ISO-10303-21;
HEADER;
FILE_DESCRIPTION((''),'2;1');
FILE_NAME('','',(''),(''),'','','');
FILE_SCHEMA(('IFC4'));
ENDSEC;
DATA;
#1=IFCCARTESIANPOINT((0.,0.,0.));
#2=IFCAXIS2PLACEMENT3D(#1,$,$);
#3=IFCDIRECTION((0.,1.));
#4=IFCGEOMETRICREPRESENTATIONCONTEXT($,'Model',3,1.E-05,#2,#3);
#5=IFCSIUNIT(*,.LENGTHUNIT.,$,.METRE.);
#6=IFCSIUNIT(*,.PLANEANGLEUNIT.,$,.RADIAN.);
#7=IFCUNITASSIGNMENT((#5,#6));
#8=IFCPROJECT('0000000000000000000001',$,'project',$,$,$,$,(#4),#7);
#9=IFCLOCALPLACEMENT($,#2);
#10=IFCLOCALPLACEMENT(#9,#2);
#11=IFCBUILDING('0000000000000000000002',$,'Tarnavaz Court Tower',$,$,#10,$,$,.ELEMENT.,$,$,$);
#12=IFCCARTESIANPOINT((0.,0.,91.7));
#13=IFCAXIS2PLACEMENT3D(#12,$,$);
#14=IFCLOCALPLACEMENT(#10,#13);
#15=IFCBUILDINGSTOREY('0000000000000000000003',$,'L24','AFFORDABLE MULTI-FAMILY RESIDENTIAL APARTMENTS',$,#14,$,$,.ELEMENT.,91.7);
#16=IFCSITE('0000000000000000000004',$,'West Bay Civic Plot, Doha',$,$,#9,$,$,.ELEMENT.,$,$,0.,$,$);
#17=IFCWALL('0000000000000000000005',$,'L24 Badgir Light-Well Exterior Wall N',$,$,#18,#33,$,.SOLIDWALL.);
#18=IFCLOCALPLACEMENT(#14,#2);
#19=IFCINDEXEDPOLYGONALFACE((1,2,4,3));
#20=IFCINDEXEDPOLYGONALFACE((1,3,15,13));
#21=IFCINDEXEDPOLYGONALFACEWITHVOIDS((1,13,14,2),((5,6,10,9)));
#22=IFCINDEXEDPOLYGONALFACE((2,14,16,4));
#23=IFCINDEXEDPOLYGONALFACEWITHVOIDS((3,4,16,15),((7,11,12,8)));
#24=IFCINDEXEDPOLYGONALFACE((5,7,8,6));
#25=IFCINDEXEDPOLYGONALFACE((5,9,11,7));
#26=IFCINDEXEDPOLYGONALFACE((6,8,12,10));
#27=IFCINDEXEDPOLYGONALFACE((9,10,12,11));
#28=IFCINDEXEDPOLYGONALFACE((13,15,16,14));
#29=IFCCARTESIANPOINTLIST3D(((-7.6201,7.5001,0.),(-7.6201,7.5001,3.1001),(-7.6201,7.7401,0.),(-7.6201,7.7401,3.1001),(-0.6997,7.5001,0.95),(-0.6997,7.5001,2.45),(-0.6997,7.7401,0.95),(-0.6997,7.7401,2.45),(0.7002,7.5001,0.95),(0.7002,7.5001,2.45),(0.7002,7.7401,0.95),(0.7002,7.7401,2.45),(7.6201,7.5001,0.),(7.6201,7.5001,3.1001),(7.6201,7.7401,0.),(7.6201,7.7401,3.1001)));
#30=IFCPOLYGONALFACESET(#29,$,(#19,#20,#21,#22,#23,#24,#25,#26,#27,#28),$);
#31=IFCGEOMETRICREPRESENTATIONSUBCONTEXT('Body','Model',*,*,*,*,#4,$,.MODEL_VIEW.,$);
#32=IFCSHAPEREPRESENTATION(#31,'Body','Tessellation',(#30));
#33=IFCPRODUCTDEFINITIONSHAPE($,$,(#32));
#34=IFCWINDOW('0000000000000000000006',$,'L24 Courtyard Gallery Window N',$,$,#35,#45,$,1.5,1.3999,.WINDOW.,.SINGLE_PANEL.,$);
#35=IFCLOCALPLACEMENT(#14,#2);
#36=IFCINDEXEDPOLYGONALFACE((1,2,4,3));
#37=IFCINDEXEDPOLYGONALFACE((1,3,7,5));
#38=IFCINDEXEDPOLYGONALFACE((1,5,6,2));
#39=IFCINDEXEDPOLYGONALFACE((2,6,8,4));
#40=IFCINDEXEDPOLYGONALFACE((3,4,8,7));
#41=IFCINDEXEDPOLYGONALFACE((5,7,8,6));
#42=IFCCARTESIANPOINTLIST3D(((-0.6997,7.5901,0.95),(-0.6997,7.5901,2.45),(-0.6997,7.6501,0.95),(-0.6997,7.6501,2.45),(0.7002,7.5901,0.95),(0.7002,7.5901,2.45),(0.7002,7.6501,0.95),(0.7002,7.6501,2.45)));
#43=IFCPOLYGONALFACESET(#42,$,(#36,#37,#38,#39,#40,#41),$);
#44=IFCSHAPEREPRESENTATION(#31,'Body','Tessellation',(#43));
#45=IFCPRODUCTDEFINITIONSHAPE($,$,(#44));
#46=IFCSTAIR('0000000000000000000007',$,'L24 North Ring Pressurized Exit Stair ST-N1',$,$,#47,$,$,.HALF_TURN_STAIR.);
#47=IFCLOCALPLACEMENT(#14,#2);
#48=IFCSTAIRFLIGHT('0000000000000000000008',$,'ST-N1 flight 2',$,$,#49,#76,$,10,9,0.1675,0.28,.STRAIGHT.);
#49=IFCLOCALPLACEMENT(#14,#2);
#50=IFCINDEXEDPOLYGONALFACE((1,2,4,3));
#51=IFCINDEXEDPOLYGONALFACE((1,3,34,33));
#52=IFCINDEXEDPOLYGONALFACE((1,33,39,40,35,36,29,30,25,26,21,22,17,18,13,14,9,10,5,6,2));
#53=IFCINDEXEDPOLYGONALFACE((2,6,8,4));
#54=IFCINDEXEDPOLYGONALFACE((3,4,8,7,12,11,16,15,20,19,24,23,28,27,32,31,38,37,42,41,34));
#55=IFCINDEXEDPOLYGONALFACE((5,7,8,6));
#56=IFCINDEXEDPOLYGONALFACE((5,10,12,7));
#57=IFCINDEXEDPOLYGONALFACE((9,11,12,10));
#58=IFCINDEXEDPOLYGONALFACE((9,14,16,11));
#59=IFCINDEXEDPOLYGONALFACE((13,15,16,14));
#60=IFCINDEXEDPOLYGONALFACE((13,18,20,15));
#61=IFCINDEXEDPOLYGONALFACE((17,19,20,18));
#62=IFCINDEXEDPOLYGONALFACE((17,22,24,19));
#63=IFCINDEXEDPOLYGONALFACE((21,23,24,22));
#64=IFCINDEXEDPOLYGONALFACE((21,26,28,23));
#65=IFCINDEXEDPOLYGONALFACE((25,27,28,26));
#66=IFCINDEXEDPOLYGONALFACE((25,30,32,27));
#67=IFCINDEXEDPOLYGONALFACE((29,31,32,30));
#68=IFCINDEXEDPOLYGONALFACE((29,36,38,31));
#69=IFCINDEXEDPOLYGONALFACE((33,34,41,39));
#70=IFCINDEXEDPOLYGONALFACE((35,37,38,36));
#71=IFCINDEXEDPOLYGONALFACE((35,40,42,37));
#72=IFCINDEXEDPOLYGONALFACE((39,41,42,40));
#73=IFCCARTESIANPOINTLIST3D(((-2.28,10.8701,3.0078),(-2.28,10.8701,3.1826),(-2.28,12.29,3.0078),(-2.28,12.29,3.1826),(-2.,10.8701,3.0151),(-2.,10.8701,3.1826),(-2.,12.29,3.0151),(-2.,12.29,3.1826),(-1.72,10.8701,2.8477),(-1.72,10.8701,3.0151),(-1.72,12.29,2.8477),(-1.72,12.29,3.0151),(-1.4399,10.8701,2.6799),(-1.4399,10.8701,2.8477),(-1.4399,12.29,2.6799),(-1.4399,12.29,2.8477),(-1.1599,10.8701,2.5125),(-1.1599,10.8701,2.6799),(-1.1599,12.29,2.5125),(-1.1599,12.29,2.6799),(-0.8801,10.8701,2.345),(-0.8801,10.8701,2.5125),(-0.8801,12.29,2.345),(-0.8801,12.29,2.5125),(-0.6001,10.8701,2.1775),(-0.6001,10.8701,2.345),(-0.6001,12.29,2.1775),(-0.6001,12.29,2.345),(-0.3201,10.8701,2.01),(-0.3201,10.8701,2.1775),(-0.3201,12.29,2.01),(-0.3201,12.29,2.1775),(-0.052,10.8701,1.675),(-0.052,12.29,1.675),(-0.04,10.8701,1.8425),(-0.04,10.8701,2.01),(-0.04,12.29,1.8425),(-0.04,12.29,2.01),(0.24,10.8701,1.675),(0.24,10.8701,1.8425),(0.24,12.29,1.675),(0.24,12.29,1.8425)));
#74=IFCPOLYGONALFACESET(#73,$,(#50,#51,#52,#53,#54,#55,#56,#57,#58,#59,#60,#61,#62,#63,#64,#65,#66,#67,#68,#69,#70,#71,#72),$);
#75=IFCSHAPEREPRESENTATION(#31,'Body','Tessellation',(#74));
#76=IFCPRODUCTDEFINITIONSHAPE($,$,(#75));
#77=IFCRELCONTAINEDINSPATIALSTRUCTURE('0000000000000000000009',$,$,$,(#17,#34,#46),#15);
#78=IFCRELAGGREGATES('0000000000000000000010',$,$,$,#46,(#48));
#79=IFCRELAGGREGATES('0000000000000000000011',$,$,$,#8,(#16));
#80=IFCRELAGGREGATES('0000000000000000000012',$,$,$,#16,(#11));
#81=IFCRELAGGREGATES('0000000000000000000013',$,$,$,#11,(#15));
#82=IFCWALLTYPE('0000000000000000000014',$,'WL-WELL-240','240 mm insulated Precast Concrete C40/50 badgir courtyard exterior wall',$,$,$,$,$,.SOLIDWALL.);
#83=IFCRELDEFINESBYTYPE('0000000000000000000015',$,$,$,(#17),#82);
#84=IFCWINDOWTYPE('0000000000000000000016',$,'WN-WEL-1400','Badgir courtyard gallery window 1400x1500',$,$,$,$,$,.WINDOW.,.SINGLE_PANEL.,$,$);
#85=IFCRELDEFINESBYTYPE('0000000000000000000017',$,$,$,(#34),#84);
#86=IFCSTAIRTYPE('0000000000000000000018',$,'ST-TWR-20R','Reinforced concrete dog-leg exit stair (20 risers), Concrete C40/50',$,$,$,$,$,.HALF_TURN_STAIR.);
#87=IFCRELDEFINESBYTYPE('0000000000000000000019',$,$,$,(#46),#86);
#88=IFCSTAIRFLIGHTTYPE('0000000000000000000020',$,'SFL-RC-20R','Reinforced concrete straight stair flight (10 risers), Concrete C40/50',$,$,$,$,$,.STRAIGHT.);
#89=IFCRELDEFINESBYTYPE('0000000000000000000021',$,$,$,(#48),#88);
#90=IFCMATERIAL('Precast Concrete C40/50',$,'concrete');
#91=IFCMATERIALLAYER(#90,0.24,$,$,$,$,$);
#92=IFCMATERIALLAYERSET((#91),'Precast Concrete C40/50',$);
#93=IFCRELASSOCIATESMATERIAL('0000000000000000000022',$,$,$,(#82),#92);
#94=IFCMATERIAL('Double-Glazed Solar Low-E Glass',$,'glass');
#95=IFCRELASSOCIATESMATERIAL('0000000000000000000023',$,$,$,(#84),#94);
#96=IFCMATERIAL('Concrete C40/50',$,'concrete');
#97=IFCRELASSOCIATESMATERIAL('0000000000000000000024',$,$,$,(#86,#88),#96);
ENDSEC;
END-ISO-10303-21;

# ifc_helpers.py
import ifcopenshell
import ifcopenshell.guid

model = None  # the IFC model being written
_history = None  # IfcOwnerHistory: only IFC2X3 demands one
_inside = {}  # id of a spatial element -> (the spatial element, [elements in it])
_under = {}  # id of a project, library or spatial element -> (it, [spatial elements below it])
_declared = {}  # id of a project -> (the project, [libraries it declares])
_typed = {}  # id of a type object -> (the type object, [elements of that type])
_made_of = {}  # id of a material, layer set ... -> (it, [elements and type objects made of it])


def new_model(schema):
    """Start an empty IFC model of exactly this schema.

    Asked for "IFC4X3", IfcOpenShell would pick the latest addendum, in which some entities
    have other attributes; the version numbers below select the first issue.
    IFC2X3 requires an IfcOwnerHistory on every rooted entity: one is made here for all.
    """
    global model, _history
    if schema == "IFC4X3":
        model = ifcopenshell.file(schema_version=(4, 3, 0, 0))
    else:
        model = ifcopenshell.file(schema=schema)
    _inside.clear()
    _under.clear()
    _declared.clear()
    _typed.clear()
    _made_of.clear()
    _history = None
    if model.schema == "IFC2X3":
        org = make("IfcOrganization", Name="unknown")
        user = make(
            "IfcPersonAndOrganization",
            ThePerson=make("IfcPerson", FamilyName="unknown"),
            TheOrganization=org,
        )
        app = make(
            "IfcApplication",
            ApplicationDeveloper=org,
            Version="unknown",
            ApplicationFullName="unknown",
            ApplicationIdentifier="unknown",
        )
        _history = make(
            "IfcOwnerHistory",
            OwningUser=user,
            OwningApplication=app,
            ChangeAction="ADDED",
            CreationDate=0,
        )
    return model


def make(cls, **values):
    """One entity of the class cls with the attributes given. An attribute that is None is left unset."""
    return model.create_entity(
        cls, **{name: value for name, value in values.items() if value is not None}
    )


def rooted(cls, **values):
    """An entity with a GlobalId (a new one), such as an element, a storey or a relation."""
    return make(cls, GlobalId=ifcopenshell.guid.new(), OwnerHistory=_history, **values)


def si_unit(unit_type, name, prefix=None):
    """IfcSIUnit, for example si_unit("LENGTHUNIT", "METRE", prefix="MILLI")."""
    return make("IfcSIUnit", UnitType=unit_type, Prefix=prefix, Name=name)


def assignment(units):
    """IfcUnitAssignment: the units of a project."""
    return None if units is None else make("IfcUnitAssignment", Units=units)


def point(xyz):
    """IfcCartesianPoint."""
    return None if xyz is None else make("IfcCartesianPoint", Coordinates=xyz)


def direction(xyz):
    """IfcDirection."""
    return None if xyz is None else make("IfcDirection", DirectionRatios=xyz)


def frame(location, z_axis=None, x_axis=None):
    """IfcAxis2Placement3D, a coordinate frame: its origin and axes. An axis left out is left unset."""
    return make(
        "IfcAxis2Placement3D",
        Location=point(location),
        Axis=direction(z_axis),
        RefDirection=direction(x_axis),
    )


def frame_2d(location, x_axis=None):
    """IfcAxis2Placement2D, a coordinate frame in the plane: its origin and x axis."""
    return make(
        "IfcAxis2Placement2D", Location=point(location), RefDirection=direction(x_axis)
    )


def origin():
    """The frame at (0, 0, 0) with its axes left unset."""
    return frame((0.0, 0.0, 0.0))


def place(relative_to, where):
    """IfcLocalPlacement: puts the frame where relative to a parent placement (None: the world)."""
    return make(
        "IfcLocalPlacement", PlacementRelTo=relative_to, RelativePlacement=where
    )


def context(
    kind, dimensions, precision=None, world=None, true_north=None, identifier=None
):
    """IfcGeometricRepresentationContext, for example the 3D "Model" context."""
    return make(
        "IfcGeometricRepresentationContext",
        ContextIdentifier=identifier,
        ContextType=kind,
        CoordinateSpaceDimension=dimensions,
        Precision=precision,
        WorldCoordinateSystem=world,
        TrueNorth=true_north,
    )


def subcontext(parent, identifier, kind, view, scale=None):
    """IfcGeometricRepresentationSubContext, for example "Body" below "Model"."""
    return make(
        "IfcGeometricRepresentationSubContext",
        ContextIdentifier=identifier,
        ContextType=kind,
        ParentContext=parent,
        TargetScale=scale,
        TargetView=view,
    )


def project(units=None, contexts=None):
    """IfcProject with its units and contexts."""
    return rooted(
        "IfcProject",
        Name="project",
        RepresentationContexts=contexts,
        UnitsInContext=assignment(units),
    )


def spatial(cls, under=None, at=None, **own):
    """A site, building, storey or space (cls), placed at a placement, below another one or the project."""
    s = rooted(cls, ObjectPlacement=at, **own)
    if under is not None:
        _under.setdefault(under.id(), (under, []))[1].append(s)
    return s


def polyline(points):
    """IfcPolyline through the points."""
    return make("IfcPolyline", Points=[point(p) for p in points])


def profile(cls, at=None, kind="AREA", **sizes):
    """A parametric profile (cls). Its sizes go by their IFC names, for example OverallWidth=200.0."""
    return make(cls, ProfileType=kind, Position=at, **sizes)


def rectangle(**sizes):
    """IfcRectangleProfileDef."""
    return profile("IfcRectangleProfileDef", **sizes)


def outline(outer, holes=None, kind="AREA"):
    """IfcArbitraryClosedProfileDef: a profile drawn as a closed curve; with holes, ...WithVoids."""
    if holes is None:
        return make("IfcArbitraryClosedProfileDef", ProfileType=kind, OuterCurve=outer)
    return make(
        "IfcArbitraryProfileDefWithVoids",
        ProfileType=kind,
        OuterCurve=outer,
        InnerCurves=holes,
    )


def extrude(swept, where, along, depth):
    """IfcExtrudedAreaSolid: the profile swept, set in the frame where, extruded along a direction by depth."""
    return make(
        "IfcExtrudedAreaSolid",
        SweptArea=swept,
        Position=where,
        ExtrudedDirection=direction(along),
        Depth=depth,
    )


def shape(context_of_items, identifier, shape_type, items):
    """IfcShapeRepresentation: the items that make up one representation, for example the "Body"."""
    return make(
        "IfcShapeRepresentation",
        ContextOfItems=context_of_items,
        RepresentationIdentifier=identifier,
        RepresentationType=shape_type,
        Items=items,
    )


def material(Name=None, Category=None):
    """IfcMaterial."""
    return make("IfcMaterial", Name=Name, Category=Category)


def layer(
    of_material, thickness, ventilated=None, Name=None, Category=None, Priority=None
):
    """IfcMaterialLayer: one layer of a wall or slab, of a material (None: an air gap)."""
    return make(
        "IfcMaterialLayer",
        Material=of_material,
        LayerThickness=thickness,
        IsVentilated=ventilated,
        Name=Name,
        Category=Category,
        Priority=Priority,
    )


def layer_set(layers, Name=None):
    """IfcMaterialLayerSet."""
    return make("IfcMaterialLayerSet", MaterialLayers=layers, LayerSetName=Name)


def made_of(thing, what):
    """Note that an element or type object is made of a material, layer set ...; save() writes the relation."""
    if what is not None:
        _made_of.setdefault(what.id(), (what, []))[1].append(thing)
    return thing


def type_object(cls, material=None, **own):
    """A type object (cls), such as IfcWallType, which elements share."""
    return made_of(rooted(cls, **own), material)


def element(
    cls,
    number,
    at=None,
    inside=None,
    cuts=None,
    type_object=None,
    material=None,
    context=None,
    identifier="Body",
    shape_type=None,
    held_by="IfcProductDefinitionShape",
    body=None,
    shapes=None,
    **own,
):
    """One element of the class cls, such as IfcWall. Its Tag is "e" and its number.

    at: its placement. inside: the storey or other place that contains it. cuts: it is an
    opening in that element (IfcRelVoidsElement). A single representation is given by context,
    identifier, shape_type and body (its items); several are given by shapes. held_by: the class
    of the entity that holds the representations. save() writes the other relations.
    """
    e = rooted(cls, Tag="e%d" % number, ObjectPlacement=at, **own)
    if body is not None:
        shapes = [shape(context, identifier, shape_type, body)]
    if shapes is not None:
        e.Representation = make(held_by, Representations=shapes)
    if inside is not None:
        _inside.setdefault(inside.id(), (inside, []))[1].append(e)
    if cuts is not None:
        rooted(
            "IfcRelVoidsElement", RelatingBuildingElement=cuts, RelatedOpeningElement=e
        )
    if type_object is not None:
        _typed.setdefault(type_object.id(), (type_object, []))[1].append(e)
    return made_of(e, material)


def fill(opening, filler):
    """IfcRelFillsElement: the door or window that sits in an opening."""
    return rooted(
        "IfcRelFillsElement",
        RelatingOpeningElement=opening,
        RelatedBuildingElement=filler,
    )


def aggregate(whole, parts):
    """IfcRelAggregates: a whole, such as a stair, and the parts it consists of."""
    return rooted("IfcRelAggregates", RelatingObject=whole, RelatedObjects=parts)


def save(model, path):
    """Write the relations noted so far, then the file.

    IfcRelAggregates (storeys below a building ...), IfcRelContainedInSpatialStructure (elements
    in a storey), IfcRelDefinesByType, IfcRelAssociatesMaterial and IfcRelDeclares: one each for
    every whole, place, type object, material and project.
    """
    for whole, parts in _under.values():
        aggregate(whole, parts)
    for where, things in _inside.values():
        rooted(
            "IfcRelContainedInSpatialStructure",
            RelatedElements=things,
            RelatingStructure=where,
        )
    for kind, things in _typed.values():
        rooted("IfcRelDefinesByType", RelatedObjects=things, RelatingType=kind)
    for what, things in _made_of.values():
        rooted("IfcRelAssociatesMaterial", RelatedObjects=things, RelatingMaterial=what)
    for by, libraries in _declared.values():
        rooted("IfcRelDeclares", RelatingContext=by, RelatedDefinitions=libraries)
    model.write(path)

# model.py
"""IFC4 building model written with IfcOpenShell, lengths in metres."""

from ifc_helpers import new_model, si_unit, direction, frame, frame_2d, origin, place, context, subcontext, project, spatial, polyline, rectangle, outline, extrude, material, layer, layer_set, type_object, element, fill, aggregate, save


model = new_model("IFC4")

# Units and contexts
model_context = context("Model", 3, precision=1e-05, world=origin(), true_north=direction((0.0, 1.0)))
body_context = subcontext(model_context, "Body", "Model", "MODEL_VIEW")
ifc_project = project(units=[si_unit("LENGTHUNIT", "METRE"), si_unit("PLANEANGLEUNIT", "RADIAN")], contexts=[model_context])

# Site, building, storey
site_placement = place(None, origin())
site = spatial("IfcSite", under=ifc_project, at=site_placement, Name="West Bay Civic Plot, Doha", CompositionType="ELEMENT", RefElevation=0.0)
building_placement = place(site_placement, origin())
building = spatial("IfcBuilding", under=site, at=building_placement, Name="Tarnavaz Court Tower", CompositionType="ELEMENT")
storey_placement = place(building_placement, frame((0.0, 0.0, 91.7)))
storey = spatial("IfcBuildingStorey", under=building, at=storey_placement, Name="L24", Description="AFFORDABLE MULTI-FAMILY RESIDENTIAL APARTMENTS", CompositionType="ELEMENT", Elevation=91.7)

# Wall, opening, window
ifc_material_1 = material(Name="Precast Concrete C40/50", Category="concrete")
ifc_layer_1 = layer(ifc_material_1, 0.24)
ifc_layer_set_1 = layer_set([ifc_layer_1], Name="Precast Concrete C40/50")
wall_type_1 = type_object("IfcWallType", Name="WL-WELL-240", Description="240 mm insulated Precast Concrete C40/50 badgir courtyard exterior wall", PredefinedType="SOLIDWALL", material=ifc_layer_set_1)
wall_1_placement = place(storey_placement, frame((7.6201, 7.6201, 0.0), z_axis=(0.0, 0.0, 1.0), x_axis=(-1.0, 0.0, 0.0)))
wall_1 = element("IfcWall", 1, at=wall_1_placement, inside=storey, type_object=wall_type_1, Name="L24 Badgir Light-Well Exterior Wall N", PredefinedType="SOLIDWALL", context=body_context, shape_type="SweptSolid", body=[
    extrude(rectangle(XDim=15.2402, YDim=0.24, at=frame_2d((7.6201, 0.0))), origin(), (0.0, 0.0, 1.0), 3.1001),
])
opening_1_placement = place(wall_1_placement, frame((6.9199, 0.0, 0.95)))
opening_1 = element("IfcOpeningElement", 2, at=opening_1_placement, cuts=wall_1, PredefinedType="OPENING", context=body_context, shape_type="SweptSolid", body=[
    extrude(rectangle(XDim=1.3999, YDim=1.5, at=frame_2d((0.7, 0.75))), frame((0.0, 0.1299, 0.0), z_axis=(0.0, -1.0, 0.0), x_axis=(1.0, 0.0, 0.0)), (0.0, 0.0, 1.0), 0.26),
])
ifc_material_2 = material(Name="Double-Glazed Solar Low-E Glass", Category="glass")
window_type = type_object("IfcWindowType", Name="WN-WEL-1400", Description="Badgir courtyard gallery window 1400x1500", PartitioningType="SINGLE_PANEL", PredefinedType="WINDOW", material=ifc_material_2)
window_placement = place(opening_1_placement, origin())
window = element("IfcWindow", 3, at=window_placement, inside=storey, type_object=window_type, Name="L24 Courtyard Gallery Window N", OverallHeight=1.5, OverallWidth=1.3999, PartitioningType="SINGLE_PANEL", PredefinedType="WINDOW", context=body_context, shape_type="SweptSolid", body=[
    extrude(rectangle(XDim=1.3999, YDim=1.5, at=frame_2d((0.7, 0.75))), frame((0.0, 0.03, 0.0), z_axis=(0.0, -1.0, 0.0), x_axis=(1.0, 0.0, 0.0)), (0.0, 0.0, 1.0), 0.0601),
])
fill(opening_1, window)

# Stair, stair flight
ifc_material_3 = material(Name="Concrete C40/50", Category="concrete")
stair_type = type_object("IfcStairType", Name="ST-TWR-20R", Description="Reinforced concrete dog-leg exit stair (20 risers), Concrete C40/50", PredefinedType="HALF_TURN_STAIR", material=ifc_material_3)
stair_placement = place(storey_placement, origin())
stair = element("IfcStair", 4, at=stair_placement, inside=storey, type_object=stair_type, Name="L24 North Ring Pressurized Exit Stair ST-N1", PredefinedType="HALF_TURN_STAIR")
stair_flight_type = type_object("IfcStairFlightType", Name="SFL-RC-20R", Description="Reinforced concrete straight stair flight (10 risers), Concrete C40/50", PredefinedType="STRAIGHT", material=ifc_material_3)
stair_flight_placement = place(storey_placement, frame((0.24, 11.5801, 1.675), z_axis=(0.0, 0.0, 1.0), x_axis=(-1.0, 0.0, 0.0)))
stair_flight = element("IfcStairFlight", 5, at=stair_flight_placement, type_object=stair_flight_type, Name="ST-N1 flight 2", NumberOfRisers=10, NumberOfTreads=9, PredefinedType="STRAIGHT", RiserHeight=0.1675, TreadLength=0.28, context=body_context, shape_type="SweptSolid", body=[
    extrude(outline(polyline([(0.0, 0.0), (0.0, 0.1675), (0.28, 0.1675), (0.28, 0.335), (0.5601, 0.335), (0.5601, 0.5024), (0.8401, 0.5024), (0.8401, 0.6699), (1.1201, 0.6699), (1.1201, 0.8374), (1.3999, 0.8374), (1.3999, 1.0049), (1.6799, 1.0049), (1.6799, 1.1726), (1.96, 1.1726), (1.96, 1.3401), (2.24, 1.3401), (2.24, 1.5076), (2.52, 1.5076), (2.52, 1.675), (2.52, 1.3328), (0.292, 0.0), (0.0, 0.0)])), frame((0.0, 0.71, 0.0), z_axis=(0.0, -1.0, 0.0), x_axis=(1.0, 0.0, 0.0)), (0.0, 0.0, 1.0), 1.4199),
])
aggregate(stair, [stair_flight])

save(model, "model.ifc")
